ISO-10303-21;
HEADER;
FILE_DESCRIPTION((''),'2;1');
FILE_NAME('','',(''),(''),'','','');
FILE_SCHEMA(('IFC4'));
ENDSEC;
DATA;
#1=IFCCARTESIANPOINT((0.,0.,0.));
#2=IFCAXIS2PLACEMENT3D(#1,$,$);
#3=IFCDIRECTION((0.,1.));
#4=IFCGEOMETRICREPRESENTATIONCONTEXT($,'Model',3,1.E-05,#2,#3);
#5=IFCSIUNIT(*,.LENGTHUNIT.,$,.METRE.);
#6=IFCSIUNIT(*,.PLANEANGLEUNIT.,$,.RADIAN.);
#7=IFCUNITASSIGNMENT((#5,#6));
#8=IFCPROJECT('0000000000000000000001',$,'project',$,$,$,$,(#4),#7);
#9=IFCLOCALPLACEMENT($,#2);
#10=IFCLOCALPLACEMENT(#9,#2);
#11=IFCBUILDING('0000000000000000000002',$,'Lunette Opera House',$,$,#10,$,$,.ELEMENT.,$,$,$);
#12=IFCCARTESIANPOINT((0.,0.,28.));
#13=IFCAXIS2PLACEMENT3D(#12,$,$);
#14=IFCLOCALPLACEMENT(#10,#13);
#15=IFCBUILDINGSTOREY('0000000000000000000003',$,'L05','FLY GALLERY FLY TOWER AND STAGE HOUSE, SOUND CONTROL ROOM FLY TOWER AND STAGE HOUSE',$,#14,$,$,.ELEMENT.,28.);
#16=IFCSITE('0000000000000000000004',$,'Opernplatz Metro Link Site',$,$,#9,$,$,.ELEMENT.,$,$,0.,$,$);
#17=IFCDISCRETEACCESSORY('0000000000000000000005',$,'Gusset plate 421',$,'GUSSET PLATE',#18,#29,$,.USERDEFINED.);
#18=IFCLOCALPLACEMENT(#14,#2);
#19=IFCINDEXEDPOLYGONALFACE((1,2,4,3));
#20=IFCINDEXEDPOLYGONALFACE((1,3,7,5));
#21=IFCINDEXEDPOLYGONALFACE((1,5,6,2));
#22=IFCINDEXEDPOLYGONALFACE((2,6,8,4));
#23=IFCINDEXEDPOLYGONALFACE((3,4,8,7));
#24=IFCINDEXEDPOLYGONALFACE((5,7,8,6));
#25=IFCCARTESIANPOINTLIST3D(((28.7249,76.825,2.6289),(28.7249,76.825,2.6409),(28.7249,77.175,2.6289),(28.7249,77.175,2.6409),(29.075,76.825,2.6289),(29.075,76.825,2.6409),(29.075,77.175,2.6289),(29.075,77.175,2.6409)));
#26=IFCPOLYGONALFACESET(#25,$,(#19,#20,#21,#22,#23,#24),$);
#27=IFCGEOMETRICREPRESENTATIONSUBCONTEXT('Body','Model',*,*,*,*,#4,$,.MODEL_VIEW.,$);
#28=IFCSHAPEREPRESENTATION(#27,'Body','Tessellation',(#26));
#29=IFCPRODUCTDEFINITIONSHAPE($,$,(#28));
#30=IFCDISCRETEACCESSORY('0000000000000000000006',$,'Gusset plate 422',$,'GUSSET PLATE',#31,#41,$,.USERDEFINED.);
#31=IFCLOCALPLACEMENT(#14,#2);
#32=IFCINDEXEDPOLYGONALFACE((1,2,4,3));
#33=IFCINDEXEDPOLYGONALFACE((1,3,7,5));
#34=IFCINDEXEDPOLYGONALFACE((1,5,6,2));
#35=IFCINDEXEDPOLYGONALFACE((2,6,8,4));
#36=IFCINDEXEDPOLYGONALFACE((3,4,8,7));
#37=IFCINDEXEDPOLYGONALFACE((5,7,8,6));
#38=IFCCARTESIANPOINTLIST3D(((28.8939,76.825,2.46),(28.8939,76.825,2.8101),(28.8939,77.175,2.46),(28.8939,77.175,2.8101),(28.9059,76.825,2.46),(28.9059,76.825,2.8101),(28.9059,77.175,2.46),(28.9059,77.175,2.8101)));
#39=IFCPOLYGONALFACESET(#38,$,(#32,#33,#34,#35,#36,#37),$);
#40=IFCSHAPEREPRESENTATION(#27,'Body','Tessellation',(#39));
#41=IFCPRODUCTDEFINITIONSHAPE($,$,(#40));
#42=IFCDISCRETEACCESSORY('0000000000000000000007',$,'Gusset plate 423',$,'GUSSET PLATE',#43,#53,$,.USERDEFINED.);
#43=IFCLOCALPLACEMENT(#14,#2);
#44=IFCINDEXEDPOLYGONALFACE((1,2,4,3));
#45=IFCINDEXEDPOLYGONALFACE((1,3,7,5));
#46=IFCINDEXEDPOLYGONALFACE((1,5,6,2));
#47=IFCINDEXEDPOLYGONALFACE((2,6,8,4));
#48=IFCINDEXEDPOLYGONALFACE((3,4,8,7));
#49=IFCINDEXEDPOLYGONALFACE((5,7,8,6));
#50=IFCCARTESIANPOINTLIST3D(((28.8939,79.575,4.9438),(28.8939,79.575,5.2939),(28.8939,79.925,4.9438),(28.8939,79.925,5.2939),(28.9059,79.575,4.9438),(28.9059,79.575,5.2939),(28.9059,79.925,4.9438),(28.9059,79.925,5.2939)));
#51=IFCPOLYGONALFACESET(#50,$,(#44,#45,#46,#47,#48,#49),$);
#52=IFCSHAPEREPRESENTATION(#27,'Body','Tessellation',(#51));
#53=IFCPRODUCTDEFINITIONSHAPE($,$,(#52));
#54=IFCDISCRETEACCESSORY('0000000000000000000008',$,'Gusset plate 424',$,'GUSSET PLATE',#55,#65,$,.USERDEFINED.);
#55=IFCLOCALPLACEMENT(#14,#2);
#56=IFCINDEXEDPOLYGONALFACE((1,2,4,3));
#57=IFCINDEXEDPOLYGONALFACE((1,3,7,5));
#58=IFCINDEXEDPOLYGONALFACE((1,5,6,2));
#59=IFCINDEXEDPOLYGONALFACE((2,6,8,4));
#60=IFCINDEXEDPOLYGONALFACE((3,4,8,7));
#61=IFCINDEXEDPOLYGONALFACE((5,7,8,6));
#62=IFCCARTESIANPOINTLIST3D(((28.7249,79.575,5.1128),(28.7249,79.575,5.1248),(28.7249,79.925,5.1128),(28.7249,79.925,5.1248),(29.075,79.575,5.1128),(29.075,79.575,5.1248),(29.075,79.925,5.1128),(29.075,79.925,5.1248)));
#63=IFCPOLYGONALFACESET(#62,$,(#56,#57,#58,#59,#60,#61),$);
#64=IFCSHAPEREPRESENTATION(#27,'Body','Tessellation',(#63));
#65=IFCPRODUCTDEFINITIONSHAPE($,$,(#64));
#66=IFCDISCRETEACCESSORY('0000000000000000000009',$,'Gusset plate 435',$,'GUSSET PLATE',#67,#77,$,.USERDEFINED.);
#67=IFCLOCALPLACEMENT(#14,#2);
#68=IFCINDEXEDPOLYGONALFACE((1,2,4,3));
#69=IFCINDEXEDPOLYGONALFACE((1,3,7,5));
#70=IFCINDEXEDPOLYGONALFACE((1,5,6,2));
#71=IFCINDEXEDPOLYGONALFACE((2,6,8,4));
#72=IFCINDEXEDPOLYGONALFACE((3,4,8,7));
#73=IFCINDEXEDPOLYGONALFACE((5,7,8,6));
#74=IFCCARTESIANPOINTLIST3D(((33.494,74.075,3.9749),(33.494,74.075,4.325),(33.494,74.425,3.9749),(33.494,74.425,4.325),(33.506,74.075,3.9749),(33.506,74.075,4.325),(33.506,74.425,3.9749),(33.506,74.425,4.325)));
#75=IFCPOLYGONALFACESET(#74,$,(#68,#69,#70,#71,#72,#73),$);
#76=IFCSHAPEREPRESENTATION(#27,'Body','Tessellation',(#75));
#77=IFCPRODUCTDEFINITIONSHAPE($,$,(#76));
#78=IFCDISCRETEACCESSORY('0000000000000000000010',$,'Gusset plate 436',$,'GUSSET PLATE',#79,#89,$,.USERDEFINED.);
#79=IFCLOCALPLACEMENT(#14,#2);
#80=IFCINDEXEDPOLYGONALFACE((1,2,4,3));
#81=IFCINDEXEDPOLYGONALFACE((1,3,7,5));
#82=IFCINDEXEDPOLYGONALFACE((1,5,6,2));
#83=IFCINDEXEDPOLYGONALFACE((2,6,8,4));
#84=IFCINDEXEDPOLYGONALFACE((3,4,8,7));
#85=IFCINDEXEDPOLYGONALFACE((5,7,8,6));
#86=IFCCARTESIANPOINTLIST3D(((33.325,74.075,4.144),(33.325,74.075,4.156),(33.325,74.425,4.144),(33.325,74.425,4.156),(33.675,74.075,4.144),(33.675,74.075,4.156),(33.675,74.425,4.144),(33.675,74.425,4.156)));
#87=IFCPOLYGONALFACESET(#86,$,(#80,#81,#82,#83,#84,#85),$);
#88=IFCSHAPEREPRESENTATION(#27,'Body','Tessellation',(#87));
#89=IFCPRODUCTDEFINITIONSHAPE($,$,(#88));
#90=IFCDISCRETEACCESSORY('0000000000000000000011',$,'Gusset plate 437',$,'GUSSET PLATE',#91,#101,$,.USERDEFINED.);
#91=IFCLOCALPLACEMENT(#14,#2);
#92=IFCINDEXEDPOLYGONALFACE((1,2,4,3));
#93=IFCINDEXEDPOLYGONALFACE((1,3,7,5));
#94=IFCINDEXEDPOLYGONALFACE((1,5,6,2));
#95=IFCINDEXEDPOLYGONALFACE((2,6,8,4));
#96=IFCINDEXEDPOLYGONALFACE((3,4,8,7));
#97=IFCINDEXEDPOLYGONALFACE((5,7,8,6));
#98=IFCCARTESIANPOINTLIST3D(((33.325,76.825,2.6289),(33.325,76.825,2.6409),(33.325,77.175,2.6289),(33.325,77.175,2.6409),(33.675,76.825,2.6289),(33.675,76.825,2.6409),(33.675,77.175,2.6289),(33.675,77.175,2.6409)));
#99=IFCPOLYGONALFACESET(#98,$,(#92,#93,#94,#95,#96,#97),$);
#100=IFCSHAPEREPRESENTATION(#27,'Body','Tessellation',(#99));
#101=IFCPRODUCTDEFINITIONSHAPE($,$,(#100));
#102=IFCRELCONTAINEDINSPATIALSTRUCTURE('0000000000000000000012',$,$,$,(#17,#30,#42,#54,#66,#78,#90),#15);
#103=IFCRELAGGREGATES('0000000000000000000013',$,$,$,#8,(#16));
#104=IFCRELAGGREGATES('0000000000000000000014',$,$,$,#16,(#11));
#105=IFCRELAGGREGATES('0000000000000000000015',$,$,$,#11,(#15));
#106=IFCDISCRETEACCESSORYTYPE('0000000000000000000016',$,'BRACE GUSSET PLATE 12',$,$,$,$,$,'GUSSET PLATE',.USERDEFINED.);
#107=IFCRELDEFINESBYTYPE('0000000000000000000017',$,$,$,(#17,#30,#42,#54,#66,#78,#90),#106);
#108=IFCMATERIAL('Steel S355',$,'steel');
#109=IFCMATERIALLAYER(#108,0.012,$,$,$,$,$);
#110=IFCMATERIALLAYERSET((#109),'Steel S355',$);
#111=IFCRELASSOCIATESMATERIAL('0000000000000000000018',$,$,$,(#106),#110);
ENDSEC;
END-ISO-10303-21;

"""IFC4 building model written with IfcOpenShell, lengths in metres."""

from ifc_helpers import new_model, si_unit, direction, frame, origin, origin_2d, place, context, subcontext, project, spatial, rectangle, extrude, material, layer, layer_set, type_object, element, save


model = new_model("IFC4")

# Units and contexts
model_context = context("Model", 3, precision=1e-05, world=origin(), true_north=direction((0.0, 1.0)))
body_context = subcontext(model_context, "Body", "Model", "MODEL_VIEW")
ifc_project = project(units=[si_unit("LENGTHUNIT", "METRE"), si_unit("PLANEANGLEUNIT", "RADIAN")], contexts=[model_context])

# Site, building, storey
site_placement = place(None, origin())
site = spatial("IfcSite", under=ifc_project, at=site_placement, Name="Opernplatz Metro Link Site", CompositionType="ELEMENT", RefElevation=0.0)
building_placement = place(site_placement, origin())
building = spatial("IfcBuilding", under=site, at=building_placement, Name="Lunette Opera House", CompositionType="ELEMENT")
storey_placement = place(building_placement, frame((0.0, 0.0, 28.0)))
storey = spatial("IfcBuildingStorey", under=building, at=storey_placement, Name="L05", Description="FLY GALLERY FLY TOWER AND STAGE HOUSE, SOUND CONTROL ROOM FLY TOWER AND STAGE HOUSE", CompositionType="ELEMENT", Elevation=28.0)

# Discrete accessories
ifc_material_1 = material(Name="Steel S355", Category="steel")
ifc_layer = layer(ifc_material_1, 0.012)
ifc_layer_set = layer_set([ifc_layer], Name="Steel S355")
discrete_accessory_type = type_object("IfcDiscreteAccessoryType", Name="BRACE GUSSET PLATE 12", ElementType="GUSSET PLATE", PredefinedType="USERDEFINED", material=ifc_layer_set)
discrete_accessory_1_placement = place(storey_placement, frame((28.8999, 77.0, 2.6289), z_axis=(0.0, 0.0, 1.0), x_axis=(0.0, 1.0, 0.0)))
element("IfcDiscreteAccessory", 1, at=discrete_accessory_1_placement, inside=storey, type_object=discrete_accessory_type, Name="Gusset plate 421", ObjectType="GUSSET PLATE", PredefinedType="USERDEFINED", context=body_context, shape_type="SweptSolid", body=[
    extrude(rectangle(XDim=0.3501, YDim=0.3501, at=origin_2d()), origin(), (0.0, 0.0, 1.0), 0.012),
])
for number, where, z_axis, x_axis, name in (
    (2, (28.8999, 77.0, 2.46), (0.0, 0.0, 1.0), (0.0, 1.0, 0.0), "Gusset plate 422"),
    (3, (28.8999, 79.75, 4.9438), (0.0, 0.0, 1.0), (0.0, 1.0, 0.0), "Gusset plate 423"),
):
    element("IfcDiscreteAccessory", number, at=place(storey_placement, frame(where, z_axis=z_axis, x_axis=x_axis)), inside=storey, type_object=discrete_accessory_type, Name=name, ObjectType="GUSSET PLATE", PredefinedType="USERDEFINED", context=body_context, shape_type="SweptSolid", body=[
        extrude(rectangle(XDim=0.3501, YDim=0.012, at=origin_2d()), origin(), (0.0, 0.0, 1.0), 0.3501),
    ])
discrete_accessory_2_placement = place(storey_placement, frame((28.8999, 79.75, 5.1128), z_axis=(0.0, 0.0, 1.0), x_axis=(0.0, 1.0, 0.0)))
element("IfcDiscreteAccessory", 4, at=discrete_accessory_2_placement, inside=storey, type_object=discrete_accessory_type, Name="Gusset plate 424", ObjectType="GUSSET PLATE", PredefinedType="USERDEFINED", context=body_context, shape_type="SweptSolid", body=[
    extrude(rectangle(XDim=0.3501, YDim=0.3501, at=origin_2d()), origin(), (0.0, 0.0, 1.0), 0.012),
])
discrete_accessory_3_placement = place(storey_placement, frame((33.5, 74.25, 3.9749), z_axis=(0.0, 0.0, 1.0), x_axis=(0.0, 1.0, 0.0)))
element("IfcDiscreteAccessory", 5, at=discrete_accessory_3_placement, inside=storey, type_object=discrete_accessory_type, Name="Gusset plate 435", ObjectType="GUSSET PLATE", PredefinedType="USERDEFINED", context=body_context, shape_type="SweptSolid", body=[
    extrude(rectangle(XDim=0.3501, YDim=0.012, at=origin_2d()), origin(), (0.0, 0.0, 1.0), 0.3501),
])
for number, where, z_axis, x_axis, name in (
    (6, (33.5, 74.25, 4.144), (0.0, 0.0, 1.0), (0.0, 1.0, 0.0), "Gusset plate 436"),
    (7, (33.5, 77.0, 2.6289), (0.0, 0.0, 1.0), (0.0, 1.0, 0.0), "Gusset plate 437"),
):
    element("IfcDiscreteAccessory", number, at=place(storey_placement, frame(where, z_axis=z_axis, x_axis=x_axis)), inside=storey, type_object=discrete_accessory_type, Name=name, ObjectType="GUSSET PLATE", PredefinedType="USERDEFINED", context=body_context, shape_type="SweptSolid", body=[
        extrude(rectangle(XDim=0.3501, YDim=0.3501, at=origin_2d()), origin(), (0.0, 0.0, 1.0), 0.012),
    ])

save(model, "model.ifc")
